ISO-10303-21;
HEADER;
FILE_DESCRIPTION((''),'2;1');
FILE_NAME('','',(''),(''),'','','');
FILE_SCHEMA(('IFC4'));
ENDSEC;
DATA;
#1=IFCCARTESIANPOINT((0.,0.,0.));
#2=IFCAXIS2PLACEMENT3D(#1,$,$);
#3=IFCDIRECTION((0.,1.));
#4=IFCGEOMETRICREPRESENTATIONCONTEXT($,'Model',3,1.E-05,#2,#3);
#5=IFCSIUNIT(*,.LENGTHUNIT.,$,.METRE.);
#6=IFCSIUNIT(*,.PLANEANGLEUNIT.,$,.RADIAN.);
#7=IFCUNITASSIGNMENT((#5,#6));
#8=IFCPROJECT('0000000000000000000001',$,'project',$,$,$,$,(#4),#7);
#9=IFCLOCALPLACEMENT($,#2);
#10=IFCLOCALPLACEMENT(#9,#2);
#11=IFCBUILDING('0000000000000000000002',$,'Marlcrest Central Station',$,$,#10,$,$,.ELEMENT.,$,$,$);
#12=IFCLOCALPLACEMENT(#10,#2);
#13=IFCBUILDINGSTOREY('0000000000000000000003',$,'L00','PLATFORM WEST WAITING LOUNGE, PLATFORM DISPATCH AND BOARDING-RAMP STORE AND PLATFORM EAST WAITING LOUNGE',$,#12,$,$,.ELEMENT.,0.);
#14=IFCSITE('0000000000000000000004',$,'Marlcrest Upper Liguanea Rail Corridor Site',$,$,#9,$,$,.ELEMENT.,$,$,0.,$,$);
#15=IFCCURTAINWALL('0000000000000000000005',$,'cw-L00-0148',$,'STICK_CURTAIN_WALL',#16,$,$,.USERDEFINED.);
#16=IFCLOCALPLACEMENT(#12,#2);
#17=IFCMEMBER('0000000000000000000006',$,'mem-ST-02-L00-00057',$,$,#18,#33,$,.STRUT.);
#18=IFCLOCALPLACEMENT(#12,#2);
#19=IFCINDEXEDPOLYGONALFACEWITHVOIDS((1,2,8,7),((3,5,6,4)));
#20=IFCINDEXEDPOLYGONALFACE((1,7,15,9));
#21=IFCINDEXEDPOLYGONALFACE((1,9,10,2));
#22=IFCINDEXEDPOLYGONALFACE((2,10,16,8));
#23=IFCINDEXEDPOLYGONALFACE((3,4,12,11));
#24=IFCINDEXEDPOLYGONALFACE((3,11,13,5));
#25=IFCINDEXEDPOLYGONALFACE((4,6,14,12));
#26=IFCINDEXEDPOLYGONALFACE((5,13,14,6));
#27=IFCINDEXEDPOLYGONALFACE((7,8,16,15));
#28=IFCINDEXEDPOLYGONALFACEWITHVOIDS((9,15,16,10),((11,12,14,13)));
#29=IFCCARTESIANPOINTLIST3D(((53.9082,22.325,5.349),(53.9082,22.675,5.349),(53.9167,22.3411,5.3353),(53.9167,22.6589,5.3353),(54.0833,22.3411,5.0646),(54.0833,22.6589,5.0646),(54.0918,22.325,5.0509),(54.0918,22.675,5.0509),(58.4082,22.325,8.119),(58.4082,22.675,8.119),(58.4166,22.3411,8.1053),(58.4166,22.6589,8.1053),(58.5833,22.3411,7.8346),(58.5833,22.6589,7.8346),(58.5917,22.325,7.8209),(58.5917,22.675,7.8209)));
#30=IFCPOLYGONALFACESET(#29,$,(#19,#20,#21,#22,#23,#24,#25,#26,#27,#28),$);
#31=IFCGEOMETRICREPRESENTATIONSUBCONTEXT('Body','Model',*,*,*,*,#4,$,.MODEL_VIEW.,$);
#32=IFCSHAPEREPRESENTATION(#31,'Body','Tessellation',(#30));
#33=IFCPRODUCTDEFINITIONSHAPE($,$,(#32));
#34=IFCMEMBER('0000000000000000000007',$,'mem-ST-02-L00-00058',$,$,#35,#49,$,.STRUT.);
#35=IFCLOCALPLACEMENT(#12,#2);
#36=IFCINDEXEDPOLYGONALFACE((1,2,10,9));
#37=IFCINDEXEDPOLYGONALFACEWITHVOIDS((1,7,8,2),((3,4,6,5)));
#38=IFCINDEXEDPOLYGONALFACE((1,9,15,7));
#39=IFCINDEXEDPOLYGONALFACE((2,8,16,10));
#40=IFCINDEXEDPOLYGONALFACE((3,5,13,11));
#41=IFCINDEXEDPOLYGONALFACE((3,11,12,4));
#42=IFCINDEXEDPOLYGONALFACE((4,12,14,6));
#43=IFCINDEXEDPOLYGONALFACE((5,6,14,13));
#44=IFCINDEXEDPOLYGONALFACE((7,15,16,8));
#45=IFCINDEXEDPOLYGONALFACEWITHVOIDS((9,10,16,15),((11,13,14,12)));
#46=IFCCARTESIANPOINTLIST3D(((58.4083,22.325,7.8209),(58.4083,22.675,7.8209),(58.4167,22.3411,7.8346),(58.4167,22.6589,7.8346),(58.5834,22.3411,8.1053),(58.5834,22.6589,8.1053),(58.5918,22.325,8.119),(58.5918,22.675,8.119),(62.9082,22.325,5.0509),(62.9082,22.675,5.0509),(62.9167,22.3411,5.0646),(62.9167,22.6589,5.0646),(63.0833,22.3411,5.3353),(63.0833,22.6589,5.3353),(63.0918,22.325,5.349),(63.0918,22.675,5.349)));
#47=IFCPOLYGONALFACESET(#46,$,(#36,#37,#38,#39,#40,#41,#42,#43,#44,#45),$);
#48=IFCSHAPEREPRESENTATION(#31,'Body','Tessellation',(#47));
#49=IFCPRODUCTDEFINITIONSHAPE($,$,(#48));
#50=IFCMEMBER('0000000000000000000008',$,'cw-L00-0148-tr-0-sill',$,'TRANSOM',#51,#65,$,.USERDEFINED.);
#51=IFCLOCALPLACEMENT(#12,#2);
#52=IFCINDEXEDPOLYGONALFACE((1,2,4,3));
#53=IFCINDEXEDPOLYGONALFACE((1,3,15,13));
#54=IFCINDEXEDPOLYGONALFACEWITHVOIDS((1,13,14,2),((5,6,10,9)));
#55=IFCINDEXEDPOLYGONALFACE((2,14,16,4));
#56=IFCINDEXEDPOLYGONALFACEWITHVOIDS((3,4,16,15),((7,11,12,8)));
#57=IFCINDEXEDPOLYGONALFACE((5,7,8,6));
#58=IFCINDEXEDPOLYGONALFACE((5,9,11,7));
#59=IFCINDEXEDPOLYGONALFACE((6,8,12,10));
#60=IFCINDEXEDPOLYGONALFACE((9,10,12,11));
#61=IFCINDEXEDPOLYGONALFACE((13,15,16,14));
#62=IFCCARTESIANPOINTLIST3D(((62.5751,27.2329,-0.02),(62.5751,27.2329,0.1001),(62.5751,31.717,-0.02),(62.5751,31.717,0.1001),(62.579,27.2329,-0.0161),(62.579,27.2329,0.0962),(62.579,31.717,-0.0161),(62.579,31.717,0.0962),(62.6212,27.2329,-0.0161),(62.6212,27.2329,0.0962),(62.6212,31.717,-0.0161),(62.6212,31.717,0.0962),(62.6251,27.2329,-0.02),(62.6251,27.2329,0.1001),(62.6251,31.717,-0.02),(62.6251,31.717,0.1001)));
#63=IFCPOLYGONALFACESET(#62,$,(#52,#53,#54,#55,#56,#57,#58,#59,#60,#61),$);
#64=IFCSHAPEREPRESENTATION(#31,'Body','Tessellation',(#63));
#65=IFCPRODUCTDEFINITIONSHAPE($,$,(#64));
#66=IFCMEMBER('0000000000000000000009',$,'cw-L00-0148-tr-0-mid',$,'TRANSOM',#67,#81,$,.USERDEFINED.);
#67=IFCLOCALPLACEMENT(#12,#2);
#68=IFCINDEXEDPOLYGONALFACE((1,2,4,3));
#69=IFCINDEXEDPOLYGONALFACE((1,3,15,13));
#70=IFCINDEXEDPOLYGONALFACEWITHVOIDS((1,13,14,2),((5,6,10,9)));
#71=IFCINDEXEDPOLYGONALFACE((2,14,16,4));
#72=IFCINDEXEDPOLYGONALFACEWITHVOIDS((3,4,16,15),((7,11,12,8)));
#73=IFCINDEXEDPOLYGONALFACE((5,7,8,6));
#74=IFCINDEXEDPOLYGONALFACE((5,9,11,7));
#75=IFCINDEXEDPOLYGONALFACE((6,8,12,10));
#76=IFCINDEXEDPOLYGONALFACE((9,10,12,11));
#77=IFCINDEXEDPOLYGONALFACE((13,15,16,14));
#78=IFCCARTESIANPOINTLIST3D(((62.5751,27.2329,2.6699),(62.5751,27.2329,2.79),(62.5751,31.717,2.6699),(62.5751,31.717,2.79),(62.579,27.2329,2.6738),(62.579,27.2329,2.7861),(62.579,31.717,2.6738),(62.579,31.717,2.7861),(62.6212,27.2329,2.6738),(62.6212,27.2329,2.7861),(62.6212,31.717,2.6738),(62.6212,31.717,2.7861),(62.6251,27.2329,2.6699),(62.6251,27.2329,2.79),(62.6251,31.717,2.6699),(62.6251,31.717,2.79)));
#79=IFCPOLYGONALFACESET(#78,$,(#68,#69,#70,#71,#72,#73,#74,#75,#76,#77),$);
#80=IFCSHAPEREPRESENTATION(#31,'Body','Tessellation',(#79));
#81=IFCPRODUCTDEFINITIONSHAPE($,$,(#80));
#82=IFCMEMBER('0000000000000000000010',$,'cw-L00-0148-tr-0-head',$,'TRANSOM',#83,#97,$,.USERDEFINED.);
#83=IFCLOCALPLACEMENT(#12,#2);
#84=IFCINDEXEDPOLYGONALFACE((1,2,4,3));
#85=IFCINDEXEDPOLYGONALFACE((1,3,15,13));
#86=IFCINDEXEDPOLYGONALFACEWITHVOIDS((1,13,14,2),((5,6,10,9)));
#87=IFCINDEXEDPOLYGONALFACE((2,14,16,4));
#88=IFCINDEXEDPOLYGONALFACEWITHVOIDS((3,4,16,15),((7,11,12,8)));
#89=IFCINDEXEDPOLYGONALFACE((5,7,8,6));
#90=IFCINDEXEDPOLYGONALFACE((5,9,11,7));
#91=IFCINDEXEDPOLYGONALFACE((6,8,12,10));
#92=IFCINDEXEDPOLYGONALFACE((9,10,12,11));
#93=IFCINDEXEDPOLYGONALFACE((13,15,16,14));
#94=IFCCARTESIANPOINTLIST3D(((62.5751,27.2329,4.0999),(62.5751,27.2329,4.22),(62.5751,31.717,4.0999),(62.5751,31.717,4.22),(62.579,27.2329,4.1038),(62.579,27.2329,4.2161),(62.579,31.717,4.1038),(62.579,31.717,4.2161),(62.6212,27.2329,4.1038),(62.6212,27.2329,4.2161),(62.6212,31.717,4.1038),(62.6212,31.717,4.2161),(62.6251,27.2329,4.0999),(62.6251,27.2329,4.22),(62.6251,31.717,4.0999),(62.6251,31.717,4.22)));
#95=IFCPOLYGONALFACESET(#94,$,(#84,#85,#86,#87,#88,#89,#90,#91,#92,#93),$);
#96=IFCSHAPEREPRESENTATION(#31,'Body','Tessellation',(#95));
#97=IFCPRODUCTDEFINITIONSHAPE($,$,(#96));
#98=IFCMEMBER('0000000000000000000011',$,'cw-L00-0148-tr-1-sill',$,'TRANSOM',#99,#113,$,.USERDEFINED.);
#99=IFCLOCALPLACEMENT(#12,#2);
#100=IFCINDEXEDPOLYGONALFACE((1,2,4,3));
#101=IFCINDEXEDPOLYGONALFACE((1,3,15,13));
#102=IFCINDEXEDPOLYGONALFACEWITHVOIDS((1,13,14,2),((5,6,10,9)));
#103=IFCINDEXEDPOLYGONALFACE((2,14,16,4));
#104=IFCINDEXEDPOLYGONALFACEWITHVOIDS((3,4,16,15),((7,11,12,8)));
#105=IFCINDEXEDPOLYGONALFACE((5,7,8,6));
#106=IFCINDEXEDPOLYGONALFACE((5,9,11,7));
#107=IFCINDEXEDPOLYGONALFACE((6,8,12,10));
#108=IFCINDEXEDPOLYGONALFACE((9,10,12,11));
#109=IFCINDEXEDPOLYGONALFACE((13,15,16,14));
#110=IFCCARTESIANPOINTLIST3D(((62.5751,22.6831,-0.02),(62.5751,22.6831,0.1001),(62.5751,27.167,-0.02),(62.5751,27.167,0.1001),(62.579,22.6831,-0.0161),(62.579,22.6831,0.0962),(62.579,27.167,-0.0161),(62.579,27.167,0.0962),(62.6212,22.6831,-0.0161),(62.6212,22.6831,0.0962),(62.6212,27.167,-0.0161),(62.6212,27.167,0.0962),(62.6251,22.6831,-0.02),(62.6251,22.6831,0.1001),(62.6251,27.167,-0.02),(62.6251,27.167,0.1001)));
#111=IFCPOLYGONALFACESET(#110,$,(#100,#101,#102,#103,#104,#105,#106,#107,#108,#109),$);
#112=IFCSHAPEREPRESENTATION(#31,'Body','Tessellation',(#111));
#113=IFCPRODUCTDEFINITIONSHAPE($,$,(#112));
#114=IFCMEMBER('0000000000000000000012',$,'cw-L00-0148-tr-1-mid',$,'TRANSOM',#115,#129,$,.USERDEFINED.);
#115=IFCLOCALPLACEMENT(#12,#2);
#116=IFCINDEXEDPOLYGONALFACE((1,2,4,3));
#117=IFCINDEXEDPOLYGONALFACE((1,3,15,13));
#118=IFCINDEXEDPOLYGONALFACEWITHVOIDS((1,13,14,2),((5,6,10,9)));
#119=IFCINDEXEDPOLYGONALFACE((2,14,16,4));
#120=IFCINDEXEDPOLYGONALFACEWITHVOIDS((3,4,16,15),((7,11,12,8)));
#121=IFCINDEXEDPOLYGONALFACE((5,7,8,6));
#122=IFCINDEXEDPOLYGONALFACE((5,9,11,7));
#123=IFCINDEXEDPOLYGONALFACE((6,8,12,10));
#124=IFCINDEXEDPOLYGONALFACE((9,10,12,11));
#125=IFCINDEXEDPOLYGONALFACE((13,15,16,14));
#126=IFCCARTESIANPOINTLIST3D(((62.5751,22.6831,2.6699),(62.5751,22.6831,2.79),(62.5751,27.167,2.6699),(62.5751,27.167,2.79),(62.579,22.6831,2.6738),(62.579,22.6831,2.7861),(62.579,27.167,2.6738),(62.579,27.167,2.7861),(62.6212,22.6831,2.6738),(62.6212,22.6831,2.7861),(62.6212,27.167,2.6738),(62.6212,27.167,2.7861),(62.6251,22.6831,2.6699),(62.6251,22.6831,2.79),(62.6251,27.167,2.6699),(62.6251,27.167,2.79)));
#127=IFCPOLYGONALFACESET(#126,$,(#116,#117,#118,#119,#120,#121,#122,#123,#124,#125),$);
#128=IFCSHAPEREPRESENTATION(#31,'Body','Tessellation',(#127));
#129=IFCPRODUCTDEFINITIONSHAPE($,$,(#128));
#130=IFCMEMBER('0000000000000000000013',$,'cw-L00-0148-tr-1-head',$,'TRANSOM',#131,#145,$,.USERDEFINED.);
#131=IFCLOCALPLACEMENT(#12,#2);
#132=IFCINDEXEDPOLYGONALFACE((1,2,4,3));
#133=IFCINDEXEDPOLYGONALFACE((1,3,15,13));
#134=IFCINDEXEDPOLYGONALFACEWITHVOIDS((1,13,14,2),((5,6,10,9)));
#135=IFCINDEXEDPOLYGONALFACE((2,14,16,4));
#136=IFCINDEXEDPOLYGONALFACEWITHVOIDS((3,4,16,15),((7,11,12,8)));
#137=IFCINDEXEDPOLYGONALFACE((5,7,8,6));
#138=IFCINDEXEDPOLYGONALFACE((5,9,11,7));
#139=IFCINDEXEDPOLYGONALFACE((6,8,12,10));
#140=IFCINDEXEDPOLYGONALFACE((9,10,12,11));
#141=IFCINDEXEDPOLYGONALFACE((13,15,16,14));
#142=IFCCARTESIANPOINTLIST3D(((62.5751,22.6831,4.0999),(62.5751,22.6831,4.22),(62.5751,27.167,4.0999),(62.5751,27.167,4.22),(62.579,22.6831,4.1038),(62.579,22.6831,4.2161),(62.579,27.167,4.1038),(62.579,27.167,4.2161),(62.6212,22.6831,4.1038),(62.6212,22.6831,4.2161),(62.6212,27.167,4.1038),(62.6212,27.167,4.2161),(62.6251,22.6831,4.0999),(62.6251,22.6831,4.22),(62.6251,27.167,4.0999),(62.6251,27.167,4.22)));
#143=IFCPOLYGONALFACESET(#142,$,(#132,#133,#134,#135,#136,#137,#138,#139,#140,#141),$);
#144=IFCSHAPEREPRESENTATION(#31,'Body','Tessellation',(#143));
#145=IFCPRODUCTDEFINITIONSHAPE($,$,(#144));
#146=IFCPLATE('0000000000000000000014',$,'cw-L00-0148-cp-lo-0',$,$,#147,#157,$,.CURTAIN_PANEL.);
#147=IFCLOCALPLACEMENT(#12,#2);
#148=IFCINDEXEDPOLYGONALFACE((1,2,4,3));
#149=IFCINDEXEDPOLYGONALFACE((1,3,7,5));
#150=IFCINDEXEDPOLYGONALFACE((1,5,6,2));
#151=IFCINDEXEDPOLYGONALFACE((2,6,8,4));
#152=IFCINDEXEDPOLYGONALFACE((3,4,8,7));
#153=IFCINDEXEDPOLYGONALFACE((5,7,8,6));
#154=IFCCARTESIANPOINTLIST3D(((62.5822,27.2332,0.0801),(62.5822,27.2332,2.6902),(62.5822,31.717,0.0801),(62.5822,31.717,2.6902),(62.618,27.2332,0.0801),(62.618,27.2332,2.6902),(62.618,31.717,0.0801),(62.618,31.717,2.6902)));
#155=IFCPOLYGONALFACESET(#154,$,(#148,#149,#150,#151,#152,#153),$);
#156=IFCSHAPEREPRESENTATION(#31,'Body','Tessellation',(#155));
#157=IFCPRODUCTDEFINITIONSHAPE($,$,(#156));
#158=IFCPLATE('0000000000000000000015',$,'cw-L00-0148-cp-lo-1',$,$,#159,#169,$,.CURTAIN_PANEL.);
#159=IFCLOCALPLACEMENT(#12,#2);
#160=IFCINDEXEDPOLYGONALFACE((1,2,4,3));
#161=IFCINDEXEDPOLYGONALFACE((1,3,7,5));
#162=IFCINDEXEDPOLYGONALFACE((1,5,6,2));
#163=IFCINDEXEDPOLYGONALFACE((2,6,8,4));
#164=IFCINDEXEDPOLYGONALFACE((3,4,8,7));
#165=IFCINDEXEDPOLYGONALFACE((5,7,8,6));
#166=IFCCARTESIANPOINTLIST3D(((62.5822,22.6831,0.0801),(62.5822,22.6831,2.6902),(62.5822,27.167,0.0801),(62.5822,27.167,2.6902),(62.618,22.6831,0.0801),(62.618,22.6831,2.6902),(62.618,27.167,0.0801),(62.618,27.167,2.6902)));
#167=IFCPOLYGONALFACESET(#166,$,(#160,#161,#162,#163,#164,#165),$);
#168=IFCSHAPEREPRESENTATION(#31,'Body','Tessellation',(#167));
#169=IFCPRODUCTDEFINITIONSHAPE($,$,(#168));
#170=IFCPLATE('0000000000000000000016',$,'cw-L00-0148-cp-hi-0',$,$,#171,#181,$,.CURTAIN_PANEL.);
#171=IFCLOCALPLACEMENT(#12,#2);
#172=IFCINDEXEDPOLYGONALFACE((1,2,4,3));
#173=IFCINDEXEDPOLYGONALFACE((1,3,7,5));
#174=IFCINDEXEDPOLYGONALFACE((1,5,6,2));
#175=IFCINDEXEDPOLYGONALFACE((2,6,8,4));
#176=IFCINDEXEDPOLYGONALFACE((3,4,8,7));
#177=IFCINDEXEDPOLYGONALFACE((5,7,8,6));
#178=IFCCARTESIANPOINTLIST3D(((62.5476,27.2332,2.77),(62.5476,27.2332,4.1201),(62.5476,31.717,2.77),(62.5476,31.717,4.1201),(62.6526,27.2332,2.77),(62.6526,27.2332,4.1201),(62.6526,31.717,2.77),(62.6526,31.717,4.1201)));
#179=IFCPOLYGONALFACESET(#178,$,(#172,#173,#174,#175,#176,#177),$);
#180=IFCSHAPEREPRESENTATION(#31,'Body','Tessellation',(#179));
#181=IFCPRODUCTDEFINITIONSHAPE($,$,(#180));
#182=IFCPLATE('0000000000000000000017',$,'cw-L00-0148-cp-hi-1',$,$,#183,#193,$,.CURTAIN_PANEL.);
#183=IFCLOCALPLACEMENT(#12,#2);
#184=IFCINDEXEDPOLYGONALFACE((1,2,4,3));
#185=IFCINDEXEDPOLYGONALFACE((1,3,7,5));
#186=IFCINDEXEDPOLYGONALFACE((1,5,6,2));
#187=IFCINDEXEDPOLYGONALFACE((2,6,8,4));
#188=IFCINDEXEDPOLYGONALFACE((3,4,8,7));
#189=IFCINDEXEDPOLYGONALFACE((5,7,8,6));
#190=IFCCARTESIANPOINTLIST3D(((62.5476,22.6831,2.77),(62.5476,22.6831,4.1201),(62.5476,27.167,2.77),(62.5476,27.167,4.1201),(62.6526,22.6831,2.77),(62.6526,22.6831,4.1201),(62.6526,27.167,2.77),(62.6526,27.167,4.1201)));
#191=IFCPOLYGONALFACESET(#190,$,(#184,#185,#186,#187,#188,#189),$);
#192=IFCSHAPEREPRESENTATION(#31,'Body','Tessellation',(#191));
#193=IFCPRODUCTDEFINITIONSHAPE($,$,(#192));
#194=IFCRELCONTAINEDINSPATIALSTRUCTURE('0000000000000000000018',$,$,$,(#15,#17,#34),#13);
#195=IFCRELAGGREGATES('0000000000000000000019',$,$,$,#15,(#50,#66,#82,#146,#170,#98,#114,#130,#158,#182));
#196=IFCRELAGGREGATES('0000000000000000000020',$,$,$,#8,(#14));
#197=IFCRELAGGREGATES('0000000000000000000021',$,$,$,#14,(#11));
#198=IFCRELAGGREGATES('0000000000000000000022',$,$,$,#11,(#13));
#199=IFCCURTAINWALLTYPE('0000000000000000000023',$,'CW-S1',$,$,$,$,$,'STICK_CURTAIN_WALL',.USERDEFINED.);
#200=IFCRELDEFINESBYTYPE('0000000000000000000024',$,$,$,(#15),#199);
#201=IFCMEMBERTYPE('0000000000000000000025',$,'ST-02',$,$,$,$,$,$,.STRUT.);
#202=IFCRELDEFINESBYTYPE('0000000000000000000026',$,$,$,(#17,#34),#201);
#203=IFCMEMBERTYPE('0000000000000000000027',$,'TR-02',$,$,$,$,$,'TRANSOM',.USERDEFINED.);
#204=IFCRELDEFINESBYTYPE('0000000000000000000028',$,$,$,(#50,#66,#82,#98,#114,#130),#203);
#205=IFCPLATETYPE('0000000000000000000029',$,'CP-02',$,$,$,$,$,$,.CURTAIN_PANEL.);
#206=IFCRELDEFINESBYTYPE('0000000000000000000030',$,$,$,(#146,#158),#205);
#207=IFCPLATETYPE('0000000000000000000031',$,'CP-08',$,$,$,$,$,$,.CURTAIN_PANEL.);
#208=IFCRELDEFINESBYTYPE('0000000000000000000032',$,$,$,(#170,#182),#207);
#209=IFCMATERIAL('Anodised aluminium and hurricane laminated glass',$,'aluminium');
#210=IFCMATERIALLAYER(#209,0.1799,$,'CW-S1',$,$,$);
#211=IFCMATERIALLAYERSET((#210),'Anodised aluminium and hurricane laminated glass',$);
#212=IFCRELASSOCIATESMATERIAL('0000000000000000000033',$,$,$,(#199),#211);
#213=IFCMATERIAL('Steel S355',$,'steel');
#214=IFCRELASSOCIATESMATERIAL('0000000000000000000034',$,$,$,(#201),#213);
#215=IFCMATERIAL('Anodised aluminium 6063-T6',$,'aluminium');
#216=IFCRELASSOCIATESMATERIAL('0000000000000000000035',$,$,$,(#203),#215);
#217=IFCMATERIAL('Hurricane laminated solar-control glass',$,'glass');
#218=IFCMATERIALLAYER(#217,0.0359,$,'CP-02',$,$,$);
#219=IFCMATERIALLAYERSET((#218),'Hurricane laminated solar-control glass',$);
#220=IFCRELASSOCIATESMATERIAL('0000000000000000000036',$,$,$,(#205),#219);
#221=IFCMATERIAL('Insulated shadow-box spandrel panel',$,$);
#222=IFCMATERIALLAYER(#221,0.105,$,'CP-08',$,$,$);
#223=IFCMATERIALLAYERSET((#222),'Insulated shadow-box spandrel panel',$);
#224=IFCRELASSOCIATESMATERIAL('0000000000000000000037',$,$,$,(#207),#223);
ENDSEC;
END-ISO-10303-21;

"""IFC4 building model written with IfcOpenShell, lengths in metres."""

from ifc_helpers import new_model, si_unit, direction, frame, origin, origin_2d, place, context, subcontext, project, spatial, rectangle, hollow_rectangle, extrude, material, layer, layer_set, material_profile, profile_set, type_object, element, aggregate, save


model = new_model("IFC4")

# Units and contexts
model_context = context("Model", 3, precision=1e-05, world=origin(), true_north=direction((0.0, 1.0)))
body_context = subcontext(model_context, "Body", "Model", "MODEL_VIEW")
ifc_project = project(units=[si_unit("LENGTHUNIT", "METRE"), si_unit("PLANEANGLEUNIT", "RADIAN")], contexts=[model_context])

# Site, building, storey
site_placement = place(None, origin())
site = spatial("IfcSite", under=ifc_project, at=site_placement, Name="Marlcrest Upper Liguanea Rail Corridor Site", CompositionType="ELEMENT", RefElevation=0.0)
building_placement = place(site_placement, origin())
building = spatial("IfcBuilding", under=site, at=building_placement, Name="Marlcrest Central Station", CompositionType="ELEMENT")
storey_placement = place(building_placement, origin())
storey = spatial("IfcBuildingStorey", under=building, at=storey_placement, Name="L00", Description="PLATFORM WEST WAITING LOUNGE, PLATFORM DISPATCH AND BOARDING-RAMP STORE AND PLATFORM EAST WAITING LOUNGE", CompositionType="ELEMENT", Elevation=0.0)

# Curtain wall
ifc_material_1 = material(Name="Anodised aluminium and hurricane laminated glass", Category="aluminium")
ifc_layer_1 = layer(ifc_material_1, 0.1799, Name="CW-S1")
ifc_layer_set_1 = layer_set([ifc_layer_1], Name="Anodised aluminium and hurricane laminated glass")
curtain_wall_type = type_object("IfcCurtainWallType", Name="CW-S1", ElementType="STICK_CURTAIN_WALL", PredefinedType="USERDEFINED", material=ifc_layer_set_1)
curtain_wall_placement = place(storey_placement, origin())
curtain_wall = element("IfcCurtainWall", 1, at=curtain_wall_placement, inside=storey, type_object=curtain_wall_type, Name="cw-L00-0148", ObjectType="STICK_CURTAIN_WALL", PredefinedType="USERDEFINED")
ifc_material_2 = material(Name="Anodised aluminium 6063-T6", Category="aluminium")

# Members
ifc_material_3 = material(Name="Steel S355", Category="steel")
ifc_material_profile_1 = material_profile(ifc_material_3, hollow_rectangle(XDim=0.3501, YDim=0.3501, WallThickness=0.0161, at=origin_2d()), Name="SHS 350x350x16")
ifc_profile_set_1 = profile_set([ifc_material_profile_1], Name="Steel S355")
member_type_1 = type_object("IfcMemberType", Name="ST-02", PredefinedType="STRUT", material=ifc_profile_set_1)
for number, where, z_axis, x_axis, name in (
    (2, (54.0, 22.5, 5.2), (0.851592, 0.0, 0.524206), (0.0, 1.0, 0.0), "mem-ST-02-L00-00057"),
    (3, (63.0, 22.5, 5.2), (-0.851592, 0.0, 0.524206), (0.0, -1.0, 0.0), "mem-ST-02-L00-00058"),
):
    element("IfcMember", number, at=place(storey_placement, frame(where, z_axis=z_axis, x_axis=x_axis)), inside=storey, type_object=member_type_1, Name=name, PredefinedType="STRUT", context=body_context, shape_type="SweptSolid", body=[
        extrude(hollow_rectangle(XDim=0.3501, YDim=0.3501, WallThickness=0.0161, at=origin_2d()), origin(), (0.0, 0.0, 1.0), 5.2842),
    ])

# Members
ifc_material_profile_2 = material_profile(ifc_material_2, hollow_rectangle(XDim=0.05, YDim=0.1201, WallThickness=0.0039, at=origin_2d()), Name="AA-RHS 120x50x4")
ifc_profile_set_2 = profile_set([ifc_material_profile_2], Name="Anodised aluminium 6063-T6")
member_type_2 = type_object("IfcMemberType", Name="TR-02", ElementType="TRANSOM", PredefinedType="USERDEFINED", material=ifc_profile_set_2)
member_1_placement = place(storey_placement, frame((62.6001, 31.717, 0.04), z_axis=(0.0, -1.0, 0.0), x_axis=(1.0, 0.0, 0.0)))
member_1 = element("IfcMember", 4, at=member_1_placement, type_object=member_type_2, Name="cw-L00-0148-tr-0-sill", ObjectType="TRANSOM", PredefinedType="USERDEFINED", context=body_context, shape_type="SweptSolid", body=[
    extrude(hollow_rectangle(XDim=0.05, YDim=0.1201, WallThickness=0.0039, at=origin_2d()), origin(), (0.0, 0.0, 1.0), 4.4841),
])
member_2_placement = place(storey_placement, frame((62.6001, 31.717, 2.73), z_axis=(0.0, -1.0, 0.0), x_axis=(1.0, 0.0, 0.0)))
member_2 = element("IfcMember", 5, at=member_2_placement, type_object=member_type_2, Name="cw-L00-0148-tr-0-mid", ObjectType="TRANSOM", PredefinedType="USERDEFINED", context=body_context, shape_type="SweptSolid", body=[
    extrude(hollow_rectangle(XDim=0.05, YDim=0.1201, WallThickness=0.0039, at=origin_2d()), origin(), (0.0, 0.0, 1.0), 4.4841),
])
member_3_placement = place(storey_placement, frame((62.6001, 31.717, 4.1599), z_axis=(0.0, -1.0, 0.0), x_axis=(1.0, 0.0, 0.0)))
member_3 = element("IfcMember", 6, at=member_3_placement, type_object=member_type_2, Name="cw-L00-0148-tr-0-head", ObjectType="TRANSOM", PredefinedType="USERDEFINED", context=body_context, shape_type="SweptSolid", body=[
    extrude(hollow_rectangle(XDim=0.05, YDim=0.1201, WallThickness=0.0039, at=origin_2d()), origin(), (0.0, 0.0, 1.0), 4.4841),
])
member_4_placement = place(storey_placement, frame((62.6001, 27.167, 0.04), z_axis=(0.0, -1.0, 0.0), x_axis=(1.0, 0.0, 0.0)))
member_4 = element("IfcMember", 7, at=member_4_placement, type_object=member_type_2, Name="cw-L00-0148-tr-1-sill", ObjectType="TRANSOM", PredefinedType="USERDEFINED", context=body_context, shape_type="SweptSolid", body=[
    extrude(hollow_rectangle(XDim=0.05, YDim=0.1201, WallThickness=0.0039, at=origin_2d()), origin(), (0.0, 0.0, 1.0), 4.4839),
])
member_5_placement = place(storey_placement, frame((62.6001, 27.167, 2.73), z_axis=(0.0, -1.0, 0.0), x_axis=(1.0, 0.0, 0.0)))
member_5 = element("IfcMember", 8, at=member_5_placement, type_object=member_type_2, Name="cw-L00-0148-tr-1-mid", ObjectType="TRANSOM", PredefinedType="USERDEFINED", context=body_context, shape_type="SweptSolid", body=[
    extrude(hollow_rectangle(XDim=0.05, YDim=0.1201, WallThickness=0.0039, at=origin_2d()), origin(), (0.0, 0.0, 1.0), 4.4839),
])
member_6_placement = place(storey_placement, frame((62.6001, 27.167, 4.1599), z_axis=(0.0, -1.0, 0.0), x_axis=(1.0, 0.0, 0.0)))
member_6 = element("IfcMember", 9, at=member_6_placement, type_object=member_type_2, Name="cw-L00-0148-tr-1-head", ObjectType="TRANSOM", PredefinedType="USERDEFINED", context=body_context, shape_type="SweptSolid", body=[
    extrude(hollow_rectangle(XDim=0.05, YDim=0.1201, WallThickness=0.0039, at=origin_2d()), origin(), (0.0, 0.0, 1.0), 4.4839),
])

# Plates
ifc_material_4 = material(Name="Hurricane laminated solar-control glass", Category="glass")
ifc_layer_2 = layer(ifc_material_4, 0.0359, Name="CP-02")
ifc_layer_set_2 = layer_set([ifc_layer_2], Name="Hurricane laminated solar-control glass")
plate_type_1 = type_object("IfcPlateType", Name="CP-02", PredefinedType="CURTAIN_PANEL", material=ifc_layer_set_2)
plate_1_placement = place(storey_placement, frame((62.6001, 29.4751, 0.0801), z_axis=(0.0, 0.0, 1.0), x_axis=(0.0, -1.0, 0.0)))
plate_1 = element("IfcPlate", 10, at=plate_1_placement, type_object=plate_type_1, Name="cw-L00-0148-cp-lo-0", PredefinedType="CURTAIN_PANEL", context=body_context, shape_type="SweptSolid", body=[
    extrude(rectangle(XDim=4.4839, YDim=0.0359, at=origin_2d()), origin(), (0.0, 0.0, 1.0), 2.6101),
])
plate_2_placement = place(storey_placement, frame((62.6001, 24.925, 0.0801), z_axis=(0.0, 0.0, 1.0), x_axis=(0.0, -1.0, 0.0)))
plate_2 = element("IfcPlate", 11, at=plate_2_placement, type_object=plate_type_1, Name="cw-L00-0148-cp-lo-1", PredefinedType="CURTAIN_PANEL", context=body_context, shape_type="SweptSolid", body=[
    extrude(rectangle(XDim=4.4839, YDim=0.0359, at=origin_2d()), origin(), (0.0, 0.0, 1.0), 2.6101),
])
ifc_material_5 = material(Name="Insulated shadow-box spandrel panel")
ifc_layer_3 = layer(ifc_material_5, 0.105, Name="CP-08")
ifc_layer_set_3 = layer_set([ifc_layer_3], Name="Insulated shadow-box spandrel panel")
plate_type_2 = type_object("IfcPlateType", Name="CP-08", PredefinedType="CURTAIN_PANEL", material=ifc_layer_set_3)
plate_3_placement = place(storey_placement, frame((62.6001, 29.4751, 2.77), z_axis=(0.0, 0.0, 1.0), x_axis=(0.0, -1.0, 0.0)))
plate_3 = element("IfcPlate", 12, at=plate_3_placement, type_object=plate_type_2, Name="cw-L00-0148-cp-hi-0", PredefinedType="CURTAIN_PANEL", context=body_context, shape_type="SweptSolid", body=[
    extrude(rectangle(XDim=4.4839, YDim=0.105, at=origin_2d()), origin(), (0.0, 0.0, 1.0), 1.3501),
])
plate_4_placement = place(storey_placement, frame((62.6001, 24.925, 2.77), z_axis=(0.0, 0.0, 1.0), x_axis=(0.0, -1.0, 0.0)))
plate_4 = element("IfcPlate", 13, at=plate_4_placement, type_object=plate_type_2, Name="cw-L00-0148-cp-hi-1", PredefinedType="CURTAIN_PANEL", context=body_context, shape_type="SweptSolid", body=[
    extrude(rectangle(XDim=4.4839, YDim=0.105, at=origin_2d()), origin(), (0.0, 0.0, 1.0), 1.3501),
])
aggregate(curtain_wall, [member_1, member_2, member_3, plate_1, plate_3, member_4, member_5, member_6, plate_2, plate_4])

save(model, "model.ifc")
